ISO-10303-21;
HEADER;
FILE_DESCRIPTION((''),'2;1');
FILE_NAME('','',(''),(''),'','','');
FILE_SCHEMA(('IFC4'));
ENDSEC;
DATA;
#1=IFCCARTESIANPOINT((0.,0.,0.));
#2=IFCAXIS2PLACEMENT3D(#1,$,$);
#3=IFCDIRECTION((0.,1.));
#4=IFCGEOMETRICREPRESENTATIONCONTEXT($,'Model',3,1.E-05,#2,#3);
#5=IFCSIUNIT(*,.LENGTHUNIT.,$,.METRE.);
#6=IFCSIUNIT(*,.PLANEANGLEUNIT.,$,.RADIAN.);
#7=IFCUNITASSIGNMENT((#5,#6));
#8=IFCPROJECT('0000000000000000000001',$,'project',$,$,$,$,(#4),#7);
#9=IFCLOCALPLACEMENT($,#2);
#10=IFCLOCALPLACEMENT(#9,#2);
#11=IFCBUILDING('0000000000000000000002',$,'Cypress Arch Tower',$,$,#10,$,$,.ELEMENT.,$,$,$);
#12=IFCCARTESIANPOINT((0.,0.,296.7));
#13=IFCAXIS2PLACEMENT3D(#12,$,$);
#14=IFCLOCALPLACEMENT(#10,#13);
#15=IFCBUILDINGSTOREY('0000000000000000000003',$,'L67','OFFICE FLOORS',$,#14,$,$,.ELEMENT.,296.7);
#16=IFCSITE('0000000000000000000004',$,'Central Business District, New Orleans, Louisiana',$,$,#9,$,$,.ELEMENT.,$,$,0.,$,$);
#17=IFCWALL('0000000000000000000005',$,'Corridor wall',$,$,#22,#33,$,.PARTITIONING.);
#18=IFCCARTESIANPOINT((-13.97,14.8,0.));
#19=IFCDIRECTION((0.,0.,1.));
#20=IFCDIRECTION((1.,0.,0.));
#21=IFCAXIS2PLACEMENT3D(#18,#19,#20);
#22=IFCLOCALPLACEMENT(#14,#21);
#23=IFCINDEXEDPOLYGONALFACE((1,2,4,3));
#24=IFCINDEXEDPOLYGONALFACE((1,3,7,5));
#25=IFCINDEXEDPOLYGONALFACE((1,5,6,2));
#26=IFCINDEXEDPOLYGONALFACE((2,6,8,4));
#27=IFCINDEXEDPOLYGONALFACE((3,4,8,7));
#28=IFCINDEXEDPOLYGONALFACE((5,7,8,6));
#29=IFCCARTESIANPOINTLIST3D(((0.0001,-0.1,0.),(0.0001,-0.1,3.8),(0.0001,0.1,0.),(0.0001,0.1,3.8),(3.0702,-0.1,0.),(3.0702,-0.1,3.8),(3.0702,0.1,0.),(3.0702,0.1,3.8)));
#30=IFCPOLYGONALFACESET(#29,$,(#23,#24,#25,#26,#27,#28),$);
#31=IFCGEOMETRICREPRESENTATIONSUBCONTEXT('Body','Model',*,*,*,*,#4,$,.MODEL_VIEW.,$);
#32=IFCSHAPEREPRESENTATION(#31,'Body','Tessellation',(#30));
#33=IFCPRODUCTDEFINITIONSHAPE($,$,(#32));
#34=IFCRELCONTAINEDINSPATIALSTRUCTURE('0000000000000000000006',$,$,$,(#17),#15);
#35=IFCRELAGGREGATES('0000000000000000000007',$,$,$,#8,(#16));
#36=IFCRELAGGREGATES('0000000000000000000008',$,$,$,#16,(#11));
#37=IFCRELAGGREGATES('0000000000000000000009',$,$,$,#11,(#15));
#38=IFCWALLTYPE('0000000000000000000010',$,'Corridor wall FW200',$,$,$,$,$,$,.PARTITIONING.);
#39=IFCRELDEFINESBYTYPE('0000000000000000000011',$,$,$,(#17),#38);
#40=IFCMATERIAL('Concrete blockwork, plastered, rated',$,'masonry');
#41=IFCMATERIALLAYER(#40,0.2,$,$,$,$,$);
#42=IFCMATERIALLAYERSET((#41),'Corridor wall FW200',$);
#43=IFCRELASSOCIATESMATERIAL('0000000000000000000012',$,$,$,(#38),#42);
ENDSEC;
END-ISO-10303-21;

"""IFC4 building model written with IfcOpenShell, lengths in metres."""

from ifc_helpers import new_model, si_unit, direction, frame, frame_2d, origin, place, context, subcontext, project, spatial, rectangle, extrude, material, layer, layer_set, type_object, element, save


model = new_model("IFC4")

# Units and contexts
model_context = context("Model", 3, precision=1e-05, world=origin(), true_north=direction((0.0, 1.0)))
body_context = subcontext(model_context, "Body", "Model", "MODEL_VIEW")
ifc_project = project(units=[si_unit("LENGTHUNIT", "METRE"), si_unit("PLANEANGLEUNIT", "RADIAN")], contexts=[model_context])

# Site, building, storey
site_placement = place(None, origin())
site = spatial("IfcSite", under=ifc_project, at=site_placement, Name="Central Business District, New Orleans, Louisiana", CompositionType="ELEMENT", RefElevation=0.0)
building_placement = place(site_placement, origin())
building = spatial("IfcBuilding", under=site, at=building_placement, Name="Cypress Arch Tower", CompositionType="ELEMENT")
storey_placement = place(building_placement, frame((0.0, 0.0, 296.7)))
storey = spatial("IfcBuildingStorey", under=building, at=storey_placement, Name="L67", Description="OFFICE FLOORS", CompositionType="ELEMENT", Elevation=296.7)

# Wall
ifc_material_1 = material(Name="Concrete blockwork, plastered, rated", Category="masonry")
ifc_layer_1 = layer(ifc_material_1, 0.2)
ifc_layer_set_1 = layer_set([ifc_layer_1], Name="Corridor wall FW200")
wall_type_1 = type_object("IfcWallType", Name="Corridor wall FW200", PredefinedType="PARTITIONING", material=ifc_layer_set_1)
wall_1_placement = place(storey_placement, frame((-13.97, 14.8, 0.0), z_axis=(0.0, 0.0, 1.0), x_axis=(1.0, 0.0, 0.0)))
element("IfcWall", 1, at=wall_1_placement, inside=storey, type_object=wall_type_1, Name="Corridor wall", PredefinedType="PARTITIONING", context=body_context, shape_type="SweptSolid", body=[
    extrude(rectangle(XDim=3.0701, YDim=0.2, at=frame_2d((1.5352, 0.0))), origin(), (0.0, 0.0, 1.0), 3.8),
])

save(model, "model.ifc")
